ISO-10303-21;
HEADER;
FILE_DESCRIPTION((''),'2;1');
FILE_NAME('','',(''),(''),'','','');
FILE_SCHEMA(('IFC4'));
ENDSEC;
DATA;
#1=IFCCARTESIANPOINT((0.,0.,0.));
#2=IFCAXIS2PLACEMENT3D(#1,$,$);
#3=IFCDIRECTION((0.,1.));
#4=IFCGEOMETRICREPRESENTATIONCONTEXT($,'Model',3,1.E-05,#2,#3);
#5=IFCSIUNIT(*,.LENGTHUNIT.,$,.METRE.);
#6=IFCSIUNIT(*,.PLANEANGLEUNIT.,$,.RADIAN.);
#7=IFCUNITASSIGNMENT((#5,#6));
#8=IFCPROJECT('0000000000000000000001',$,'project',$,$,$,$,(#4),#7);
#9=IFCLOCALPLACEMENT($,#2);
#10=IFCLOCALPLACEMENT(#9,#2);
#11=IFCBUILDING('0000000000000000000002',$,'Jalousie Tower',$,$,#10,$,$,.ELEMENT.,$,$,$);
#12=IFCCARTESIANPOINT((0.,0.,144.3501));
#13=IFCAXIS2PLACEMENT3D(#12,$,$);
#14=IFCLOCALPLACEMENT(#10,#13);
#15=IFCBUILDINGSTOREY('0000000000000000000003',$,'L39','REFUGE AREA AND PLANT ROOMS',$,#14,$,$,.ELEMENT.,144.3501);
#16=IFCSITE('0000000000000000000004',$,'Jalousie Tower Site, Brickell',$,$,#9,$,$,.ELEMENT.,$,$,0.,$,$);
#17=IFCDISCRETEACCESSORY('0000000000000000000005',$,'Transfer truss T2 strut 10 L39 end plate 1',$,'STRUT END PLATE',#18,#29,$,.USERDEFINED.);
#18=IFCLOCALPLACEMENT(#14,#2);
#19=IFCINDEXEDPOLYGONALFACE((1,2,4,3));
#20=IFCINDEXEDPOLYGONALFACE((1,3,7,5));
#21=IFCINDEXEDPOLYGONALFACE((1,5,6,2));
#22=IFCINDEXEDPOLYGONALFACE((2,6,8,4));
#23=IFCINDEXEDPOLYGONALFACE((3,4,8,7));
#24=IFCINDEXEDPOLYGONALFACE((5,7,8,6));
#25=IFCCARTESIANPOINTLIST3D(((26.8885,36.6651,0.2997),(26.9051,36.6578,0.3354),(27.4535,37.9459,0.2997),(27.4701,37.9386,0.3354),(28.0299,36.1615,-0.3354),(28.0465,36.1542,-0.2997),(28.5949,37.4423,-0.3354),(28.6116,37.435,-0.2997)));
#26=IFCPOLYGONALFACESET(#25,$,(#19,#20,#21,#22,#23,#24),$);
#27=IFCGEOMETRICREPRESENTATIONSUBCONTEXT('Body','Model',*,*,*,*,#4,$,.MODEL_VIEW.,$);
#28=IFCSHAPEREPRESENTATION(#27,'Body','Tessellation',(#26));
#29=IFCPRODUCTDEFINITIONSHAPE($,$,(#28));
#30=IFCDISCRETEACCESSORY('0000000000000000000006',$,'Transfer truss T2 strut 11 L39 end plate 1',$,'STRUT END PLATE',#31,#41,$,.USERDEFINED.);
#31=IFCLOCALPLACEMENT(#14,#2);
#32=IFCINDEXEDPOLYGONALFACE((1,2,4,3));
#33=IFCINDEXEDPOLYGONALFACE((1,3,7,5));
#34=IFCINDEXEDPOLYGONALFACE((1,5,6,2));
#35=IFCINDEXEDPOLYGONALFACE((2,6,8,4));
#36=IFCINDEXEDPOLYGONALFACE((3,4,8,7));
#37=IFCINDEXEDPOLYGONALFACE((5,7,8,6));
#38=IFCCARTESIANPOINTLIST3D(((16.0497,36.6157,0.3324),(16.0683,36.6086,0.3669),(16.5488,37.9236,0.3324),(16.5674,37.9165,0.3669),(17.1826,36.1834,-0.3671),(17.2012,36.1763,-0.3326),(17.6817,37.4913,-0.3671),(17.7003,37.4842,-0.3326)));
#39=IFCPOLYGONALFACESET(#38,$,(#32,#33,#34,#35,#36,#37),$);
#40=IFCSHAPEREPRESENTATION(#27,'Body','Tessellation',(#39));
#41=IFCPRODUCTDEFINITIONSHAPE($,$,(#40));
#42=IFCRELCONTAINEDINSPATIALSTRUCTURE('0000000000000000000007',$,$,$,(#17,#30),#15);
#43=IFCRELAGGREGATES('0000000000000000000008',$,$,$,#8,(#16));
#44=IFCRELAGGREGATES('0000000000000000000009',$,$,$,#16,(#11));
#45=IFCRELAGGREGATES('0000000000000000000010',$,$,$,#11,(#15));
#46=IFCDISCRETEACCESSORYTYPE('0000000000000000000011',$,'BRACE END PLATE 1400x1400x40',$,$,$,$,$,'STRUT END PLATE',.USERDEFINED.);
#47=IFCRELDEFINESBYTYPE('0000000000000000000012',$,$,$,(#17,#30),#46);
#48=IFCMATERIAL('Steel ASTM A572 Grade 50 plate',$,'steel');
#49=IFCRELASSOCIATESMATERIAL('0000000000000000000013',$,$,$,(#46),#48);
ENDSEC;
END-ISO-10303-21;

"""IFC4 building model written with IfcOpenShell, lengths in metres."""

from ifc_helpers import new_model, si_unit, direction, frame, origin, origin_2d, place, context, subcontext, project, spatial, rectangle, extrude, material, material_profile, profile_set, type_object, element, save


model = new_model("IFC4")

# Units and contexts
model_context = context("Model", 3, precision=1e-05, world=origin(), true_north=direction((0.0, 1.0)))
body_context = subcontext(model_context, "Body", "Model", "MODEL_VIEW")
ifc_project = project(units=[si_unit("LENGTHUNIT", "METRE"), si_unit("PLANEANGLEUNIT", "RADIAN")], contexts=[model_context])

# Site, building, storey
site_placement = place(None, origin())
site = spatial("IfcSite", under=ifc_project, at=site_placement, Name="Jalousie Tower Site, Brickell", CompositionType="ELEMENT", RefElevation=0.0)
building_placement = place(site_placement, origin())
building = spatial("IfcBuilding", under=site, at=building_placement, Name="Jalousie Tower", CompositionType="ELEMENT")
storey_placement = place(building_placement, frame((0.0, 0.0, 144.3501)))
storey = spatial("IfcBuildingStorey", under=building, at=storey_placement, Name="L39", Description="REFUGE AREA AND PLANT ROOMS", CompositionType="ELEMENT", Elevation=144.3501)

# Discrete accessories
ifc_material_1 = material(Name="Steel ASTM A572 Grade 50 plate", Category="steel")
ifc_material_profile_1 = material_profile(ifc_material_1, rectangle(XDim=1.3999, YDim=1.3999, at=origin_2d()), Name="BRACE END PLATE 1400x1400x40")
ifc_profile_set_1 = profile_set([ifc_material_profile_1], Name="Steel ASTM A572 Grade 50 plate")
discrete_accessory_type = type_object("IfcDiscreteAccessoryType", Name="BRACE END PLATE 1400x1400x40", ElementType="STRUT END PLATE", PredefinedType="USERDEFINED", material=ifc_profile_set_1)
discrete_accessory_1_placement = place(storey_placement, frame((27.7417, 37.0537, -0.0178), z_axis=(0.415066, -0.183118, 0.891172), x_axis=(0.40364, 0.914918, 0.0)))
element("IfcDiscreteAccessory", 1, at=discrete_accessory_1_placement, inside=storey, type_object=discrete_accessory_type, Name="Transfer truss T2 strut 10 L39 end plate 1", ObjectType="STRUT END PLATE", PredefinedType="USERDEFINED", context=body_context, shape_type="SweptSolid", body=[
    extrude(rectangle(XDim=1.3999, YDim=1.3999, at=origin_2d()), origin(), (0.0, 0.0, 1.0), 0.04),
])
discrete_accessory_2_placement = place(storey_placement, frame((16.8657, 37.0535, -0.0173), z_axis=(0.466882, -0.178152, 0.866189), x_axis=(0.356506, 0.934293, 0.0)))
element("IfcDiscreteAccessory", 2, at=discrete_accessory_2_placement, inside=storey, type_object=discrete_accessory_type, Name="Transfer truss T2 strut 11 L39 end plate 1", ObjectType="STRUT END PLATE", PredefinedType="USERDEFINED", context=body_context, shape_type="SweptSolid", body=[
    extrude(rectangle(XDim=1.3999, YDim=1.3999, at=origin_2d()), origin(), (0.0, 0.0, 1.0), 0.0398),
])

save(model, "model.ifc")
